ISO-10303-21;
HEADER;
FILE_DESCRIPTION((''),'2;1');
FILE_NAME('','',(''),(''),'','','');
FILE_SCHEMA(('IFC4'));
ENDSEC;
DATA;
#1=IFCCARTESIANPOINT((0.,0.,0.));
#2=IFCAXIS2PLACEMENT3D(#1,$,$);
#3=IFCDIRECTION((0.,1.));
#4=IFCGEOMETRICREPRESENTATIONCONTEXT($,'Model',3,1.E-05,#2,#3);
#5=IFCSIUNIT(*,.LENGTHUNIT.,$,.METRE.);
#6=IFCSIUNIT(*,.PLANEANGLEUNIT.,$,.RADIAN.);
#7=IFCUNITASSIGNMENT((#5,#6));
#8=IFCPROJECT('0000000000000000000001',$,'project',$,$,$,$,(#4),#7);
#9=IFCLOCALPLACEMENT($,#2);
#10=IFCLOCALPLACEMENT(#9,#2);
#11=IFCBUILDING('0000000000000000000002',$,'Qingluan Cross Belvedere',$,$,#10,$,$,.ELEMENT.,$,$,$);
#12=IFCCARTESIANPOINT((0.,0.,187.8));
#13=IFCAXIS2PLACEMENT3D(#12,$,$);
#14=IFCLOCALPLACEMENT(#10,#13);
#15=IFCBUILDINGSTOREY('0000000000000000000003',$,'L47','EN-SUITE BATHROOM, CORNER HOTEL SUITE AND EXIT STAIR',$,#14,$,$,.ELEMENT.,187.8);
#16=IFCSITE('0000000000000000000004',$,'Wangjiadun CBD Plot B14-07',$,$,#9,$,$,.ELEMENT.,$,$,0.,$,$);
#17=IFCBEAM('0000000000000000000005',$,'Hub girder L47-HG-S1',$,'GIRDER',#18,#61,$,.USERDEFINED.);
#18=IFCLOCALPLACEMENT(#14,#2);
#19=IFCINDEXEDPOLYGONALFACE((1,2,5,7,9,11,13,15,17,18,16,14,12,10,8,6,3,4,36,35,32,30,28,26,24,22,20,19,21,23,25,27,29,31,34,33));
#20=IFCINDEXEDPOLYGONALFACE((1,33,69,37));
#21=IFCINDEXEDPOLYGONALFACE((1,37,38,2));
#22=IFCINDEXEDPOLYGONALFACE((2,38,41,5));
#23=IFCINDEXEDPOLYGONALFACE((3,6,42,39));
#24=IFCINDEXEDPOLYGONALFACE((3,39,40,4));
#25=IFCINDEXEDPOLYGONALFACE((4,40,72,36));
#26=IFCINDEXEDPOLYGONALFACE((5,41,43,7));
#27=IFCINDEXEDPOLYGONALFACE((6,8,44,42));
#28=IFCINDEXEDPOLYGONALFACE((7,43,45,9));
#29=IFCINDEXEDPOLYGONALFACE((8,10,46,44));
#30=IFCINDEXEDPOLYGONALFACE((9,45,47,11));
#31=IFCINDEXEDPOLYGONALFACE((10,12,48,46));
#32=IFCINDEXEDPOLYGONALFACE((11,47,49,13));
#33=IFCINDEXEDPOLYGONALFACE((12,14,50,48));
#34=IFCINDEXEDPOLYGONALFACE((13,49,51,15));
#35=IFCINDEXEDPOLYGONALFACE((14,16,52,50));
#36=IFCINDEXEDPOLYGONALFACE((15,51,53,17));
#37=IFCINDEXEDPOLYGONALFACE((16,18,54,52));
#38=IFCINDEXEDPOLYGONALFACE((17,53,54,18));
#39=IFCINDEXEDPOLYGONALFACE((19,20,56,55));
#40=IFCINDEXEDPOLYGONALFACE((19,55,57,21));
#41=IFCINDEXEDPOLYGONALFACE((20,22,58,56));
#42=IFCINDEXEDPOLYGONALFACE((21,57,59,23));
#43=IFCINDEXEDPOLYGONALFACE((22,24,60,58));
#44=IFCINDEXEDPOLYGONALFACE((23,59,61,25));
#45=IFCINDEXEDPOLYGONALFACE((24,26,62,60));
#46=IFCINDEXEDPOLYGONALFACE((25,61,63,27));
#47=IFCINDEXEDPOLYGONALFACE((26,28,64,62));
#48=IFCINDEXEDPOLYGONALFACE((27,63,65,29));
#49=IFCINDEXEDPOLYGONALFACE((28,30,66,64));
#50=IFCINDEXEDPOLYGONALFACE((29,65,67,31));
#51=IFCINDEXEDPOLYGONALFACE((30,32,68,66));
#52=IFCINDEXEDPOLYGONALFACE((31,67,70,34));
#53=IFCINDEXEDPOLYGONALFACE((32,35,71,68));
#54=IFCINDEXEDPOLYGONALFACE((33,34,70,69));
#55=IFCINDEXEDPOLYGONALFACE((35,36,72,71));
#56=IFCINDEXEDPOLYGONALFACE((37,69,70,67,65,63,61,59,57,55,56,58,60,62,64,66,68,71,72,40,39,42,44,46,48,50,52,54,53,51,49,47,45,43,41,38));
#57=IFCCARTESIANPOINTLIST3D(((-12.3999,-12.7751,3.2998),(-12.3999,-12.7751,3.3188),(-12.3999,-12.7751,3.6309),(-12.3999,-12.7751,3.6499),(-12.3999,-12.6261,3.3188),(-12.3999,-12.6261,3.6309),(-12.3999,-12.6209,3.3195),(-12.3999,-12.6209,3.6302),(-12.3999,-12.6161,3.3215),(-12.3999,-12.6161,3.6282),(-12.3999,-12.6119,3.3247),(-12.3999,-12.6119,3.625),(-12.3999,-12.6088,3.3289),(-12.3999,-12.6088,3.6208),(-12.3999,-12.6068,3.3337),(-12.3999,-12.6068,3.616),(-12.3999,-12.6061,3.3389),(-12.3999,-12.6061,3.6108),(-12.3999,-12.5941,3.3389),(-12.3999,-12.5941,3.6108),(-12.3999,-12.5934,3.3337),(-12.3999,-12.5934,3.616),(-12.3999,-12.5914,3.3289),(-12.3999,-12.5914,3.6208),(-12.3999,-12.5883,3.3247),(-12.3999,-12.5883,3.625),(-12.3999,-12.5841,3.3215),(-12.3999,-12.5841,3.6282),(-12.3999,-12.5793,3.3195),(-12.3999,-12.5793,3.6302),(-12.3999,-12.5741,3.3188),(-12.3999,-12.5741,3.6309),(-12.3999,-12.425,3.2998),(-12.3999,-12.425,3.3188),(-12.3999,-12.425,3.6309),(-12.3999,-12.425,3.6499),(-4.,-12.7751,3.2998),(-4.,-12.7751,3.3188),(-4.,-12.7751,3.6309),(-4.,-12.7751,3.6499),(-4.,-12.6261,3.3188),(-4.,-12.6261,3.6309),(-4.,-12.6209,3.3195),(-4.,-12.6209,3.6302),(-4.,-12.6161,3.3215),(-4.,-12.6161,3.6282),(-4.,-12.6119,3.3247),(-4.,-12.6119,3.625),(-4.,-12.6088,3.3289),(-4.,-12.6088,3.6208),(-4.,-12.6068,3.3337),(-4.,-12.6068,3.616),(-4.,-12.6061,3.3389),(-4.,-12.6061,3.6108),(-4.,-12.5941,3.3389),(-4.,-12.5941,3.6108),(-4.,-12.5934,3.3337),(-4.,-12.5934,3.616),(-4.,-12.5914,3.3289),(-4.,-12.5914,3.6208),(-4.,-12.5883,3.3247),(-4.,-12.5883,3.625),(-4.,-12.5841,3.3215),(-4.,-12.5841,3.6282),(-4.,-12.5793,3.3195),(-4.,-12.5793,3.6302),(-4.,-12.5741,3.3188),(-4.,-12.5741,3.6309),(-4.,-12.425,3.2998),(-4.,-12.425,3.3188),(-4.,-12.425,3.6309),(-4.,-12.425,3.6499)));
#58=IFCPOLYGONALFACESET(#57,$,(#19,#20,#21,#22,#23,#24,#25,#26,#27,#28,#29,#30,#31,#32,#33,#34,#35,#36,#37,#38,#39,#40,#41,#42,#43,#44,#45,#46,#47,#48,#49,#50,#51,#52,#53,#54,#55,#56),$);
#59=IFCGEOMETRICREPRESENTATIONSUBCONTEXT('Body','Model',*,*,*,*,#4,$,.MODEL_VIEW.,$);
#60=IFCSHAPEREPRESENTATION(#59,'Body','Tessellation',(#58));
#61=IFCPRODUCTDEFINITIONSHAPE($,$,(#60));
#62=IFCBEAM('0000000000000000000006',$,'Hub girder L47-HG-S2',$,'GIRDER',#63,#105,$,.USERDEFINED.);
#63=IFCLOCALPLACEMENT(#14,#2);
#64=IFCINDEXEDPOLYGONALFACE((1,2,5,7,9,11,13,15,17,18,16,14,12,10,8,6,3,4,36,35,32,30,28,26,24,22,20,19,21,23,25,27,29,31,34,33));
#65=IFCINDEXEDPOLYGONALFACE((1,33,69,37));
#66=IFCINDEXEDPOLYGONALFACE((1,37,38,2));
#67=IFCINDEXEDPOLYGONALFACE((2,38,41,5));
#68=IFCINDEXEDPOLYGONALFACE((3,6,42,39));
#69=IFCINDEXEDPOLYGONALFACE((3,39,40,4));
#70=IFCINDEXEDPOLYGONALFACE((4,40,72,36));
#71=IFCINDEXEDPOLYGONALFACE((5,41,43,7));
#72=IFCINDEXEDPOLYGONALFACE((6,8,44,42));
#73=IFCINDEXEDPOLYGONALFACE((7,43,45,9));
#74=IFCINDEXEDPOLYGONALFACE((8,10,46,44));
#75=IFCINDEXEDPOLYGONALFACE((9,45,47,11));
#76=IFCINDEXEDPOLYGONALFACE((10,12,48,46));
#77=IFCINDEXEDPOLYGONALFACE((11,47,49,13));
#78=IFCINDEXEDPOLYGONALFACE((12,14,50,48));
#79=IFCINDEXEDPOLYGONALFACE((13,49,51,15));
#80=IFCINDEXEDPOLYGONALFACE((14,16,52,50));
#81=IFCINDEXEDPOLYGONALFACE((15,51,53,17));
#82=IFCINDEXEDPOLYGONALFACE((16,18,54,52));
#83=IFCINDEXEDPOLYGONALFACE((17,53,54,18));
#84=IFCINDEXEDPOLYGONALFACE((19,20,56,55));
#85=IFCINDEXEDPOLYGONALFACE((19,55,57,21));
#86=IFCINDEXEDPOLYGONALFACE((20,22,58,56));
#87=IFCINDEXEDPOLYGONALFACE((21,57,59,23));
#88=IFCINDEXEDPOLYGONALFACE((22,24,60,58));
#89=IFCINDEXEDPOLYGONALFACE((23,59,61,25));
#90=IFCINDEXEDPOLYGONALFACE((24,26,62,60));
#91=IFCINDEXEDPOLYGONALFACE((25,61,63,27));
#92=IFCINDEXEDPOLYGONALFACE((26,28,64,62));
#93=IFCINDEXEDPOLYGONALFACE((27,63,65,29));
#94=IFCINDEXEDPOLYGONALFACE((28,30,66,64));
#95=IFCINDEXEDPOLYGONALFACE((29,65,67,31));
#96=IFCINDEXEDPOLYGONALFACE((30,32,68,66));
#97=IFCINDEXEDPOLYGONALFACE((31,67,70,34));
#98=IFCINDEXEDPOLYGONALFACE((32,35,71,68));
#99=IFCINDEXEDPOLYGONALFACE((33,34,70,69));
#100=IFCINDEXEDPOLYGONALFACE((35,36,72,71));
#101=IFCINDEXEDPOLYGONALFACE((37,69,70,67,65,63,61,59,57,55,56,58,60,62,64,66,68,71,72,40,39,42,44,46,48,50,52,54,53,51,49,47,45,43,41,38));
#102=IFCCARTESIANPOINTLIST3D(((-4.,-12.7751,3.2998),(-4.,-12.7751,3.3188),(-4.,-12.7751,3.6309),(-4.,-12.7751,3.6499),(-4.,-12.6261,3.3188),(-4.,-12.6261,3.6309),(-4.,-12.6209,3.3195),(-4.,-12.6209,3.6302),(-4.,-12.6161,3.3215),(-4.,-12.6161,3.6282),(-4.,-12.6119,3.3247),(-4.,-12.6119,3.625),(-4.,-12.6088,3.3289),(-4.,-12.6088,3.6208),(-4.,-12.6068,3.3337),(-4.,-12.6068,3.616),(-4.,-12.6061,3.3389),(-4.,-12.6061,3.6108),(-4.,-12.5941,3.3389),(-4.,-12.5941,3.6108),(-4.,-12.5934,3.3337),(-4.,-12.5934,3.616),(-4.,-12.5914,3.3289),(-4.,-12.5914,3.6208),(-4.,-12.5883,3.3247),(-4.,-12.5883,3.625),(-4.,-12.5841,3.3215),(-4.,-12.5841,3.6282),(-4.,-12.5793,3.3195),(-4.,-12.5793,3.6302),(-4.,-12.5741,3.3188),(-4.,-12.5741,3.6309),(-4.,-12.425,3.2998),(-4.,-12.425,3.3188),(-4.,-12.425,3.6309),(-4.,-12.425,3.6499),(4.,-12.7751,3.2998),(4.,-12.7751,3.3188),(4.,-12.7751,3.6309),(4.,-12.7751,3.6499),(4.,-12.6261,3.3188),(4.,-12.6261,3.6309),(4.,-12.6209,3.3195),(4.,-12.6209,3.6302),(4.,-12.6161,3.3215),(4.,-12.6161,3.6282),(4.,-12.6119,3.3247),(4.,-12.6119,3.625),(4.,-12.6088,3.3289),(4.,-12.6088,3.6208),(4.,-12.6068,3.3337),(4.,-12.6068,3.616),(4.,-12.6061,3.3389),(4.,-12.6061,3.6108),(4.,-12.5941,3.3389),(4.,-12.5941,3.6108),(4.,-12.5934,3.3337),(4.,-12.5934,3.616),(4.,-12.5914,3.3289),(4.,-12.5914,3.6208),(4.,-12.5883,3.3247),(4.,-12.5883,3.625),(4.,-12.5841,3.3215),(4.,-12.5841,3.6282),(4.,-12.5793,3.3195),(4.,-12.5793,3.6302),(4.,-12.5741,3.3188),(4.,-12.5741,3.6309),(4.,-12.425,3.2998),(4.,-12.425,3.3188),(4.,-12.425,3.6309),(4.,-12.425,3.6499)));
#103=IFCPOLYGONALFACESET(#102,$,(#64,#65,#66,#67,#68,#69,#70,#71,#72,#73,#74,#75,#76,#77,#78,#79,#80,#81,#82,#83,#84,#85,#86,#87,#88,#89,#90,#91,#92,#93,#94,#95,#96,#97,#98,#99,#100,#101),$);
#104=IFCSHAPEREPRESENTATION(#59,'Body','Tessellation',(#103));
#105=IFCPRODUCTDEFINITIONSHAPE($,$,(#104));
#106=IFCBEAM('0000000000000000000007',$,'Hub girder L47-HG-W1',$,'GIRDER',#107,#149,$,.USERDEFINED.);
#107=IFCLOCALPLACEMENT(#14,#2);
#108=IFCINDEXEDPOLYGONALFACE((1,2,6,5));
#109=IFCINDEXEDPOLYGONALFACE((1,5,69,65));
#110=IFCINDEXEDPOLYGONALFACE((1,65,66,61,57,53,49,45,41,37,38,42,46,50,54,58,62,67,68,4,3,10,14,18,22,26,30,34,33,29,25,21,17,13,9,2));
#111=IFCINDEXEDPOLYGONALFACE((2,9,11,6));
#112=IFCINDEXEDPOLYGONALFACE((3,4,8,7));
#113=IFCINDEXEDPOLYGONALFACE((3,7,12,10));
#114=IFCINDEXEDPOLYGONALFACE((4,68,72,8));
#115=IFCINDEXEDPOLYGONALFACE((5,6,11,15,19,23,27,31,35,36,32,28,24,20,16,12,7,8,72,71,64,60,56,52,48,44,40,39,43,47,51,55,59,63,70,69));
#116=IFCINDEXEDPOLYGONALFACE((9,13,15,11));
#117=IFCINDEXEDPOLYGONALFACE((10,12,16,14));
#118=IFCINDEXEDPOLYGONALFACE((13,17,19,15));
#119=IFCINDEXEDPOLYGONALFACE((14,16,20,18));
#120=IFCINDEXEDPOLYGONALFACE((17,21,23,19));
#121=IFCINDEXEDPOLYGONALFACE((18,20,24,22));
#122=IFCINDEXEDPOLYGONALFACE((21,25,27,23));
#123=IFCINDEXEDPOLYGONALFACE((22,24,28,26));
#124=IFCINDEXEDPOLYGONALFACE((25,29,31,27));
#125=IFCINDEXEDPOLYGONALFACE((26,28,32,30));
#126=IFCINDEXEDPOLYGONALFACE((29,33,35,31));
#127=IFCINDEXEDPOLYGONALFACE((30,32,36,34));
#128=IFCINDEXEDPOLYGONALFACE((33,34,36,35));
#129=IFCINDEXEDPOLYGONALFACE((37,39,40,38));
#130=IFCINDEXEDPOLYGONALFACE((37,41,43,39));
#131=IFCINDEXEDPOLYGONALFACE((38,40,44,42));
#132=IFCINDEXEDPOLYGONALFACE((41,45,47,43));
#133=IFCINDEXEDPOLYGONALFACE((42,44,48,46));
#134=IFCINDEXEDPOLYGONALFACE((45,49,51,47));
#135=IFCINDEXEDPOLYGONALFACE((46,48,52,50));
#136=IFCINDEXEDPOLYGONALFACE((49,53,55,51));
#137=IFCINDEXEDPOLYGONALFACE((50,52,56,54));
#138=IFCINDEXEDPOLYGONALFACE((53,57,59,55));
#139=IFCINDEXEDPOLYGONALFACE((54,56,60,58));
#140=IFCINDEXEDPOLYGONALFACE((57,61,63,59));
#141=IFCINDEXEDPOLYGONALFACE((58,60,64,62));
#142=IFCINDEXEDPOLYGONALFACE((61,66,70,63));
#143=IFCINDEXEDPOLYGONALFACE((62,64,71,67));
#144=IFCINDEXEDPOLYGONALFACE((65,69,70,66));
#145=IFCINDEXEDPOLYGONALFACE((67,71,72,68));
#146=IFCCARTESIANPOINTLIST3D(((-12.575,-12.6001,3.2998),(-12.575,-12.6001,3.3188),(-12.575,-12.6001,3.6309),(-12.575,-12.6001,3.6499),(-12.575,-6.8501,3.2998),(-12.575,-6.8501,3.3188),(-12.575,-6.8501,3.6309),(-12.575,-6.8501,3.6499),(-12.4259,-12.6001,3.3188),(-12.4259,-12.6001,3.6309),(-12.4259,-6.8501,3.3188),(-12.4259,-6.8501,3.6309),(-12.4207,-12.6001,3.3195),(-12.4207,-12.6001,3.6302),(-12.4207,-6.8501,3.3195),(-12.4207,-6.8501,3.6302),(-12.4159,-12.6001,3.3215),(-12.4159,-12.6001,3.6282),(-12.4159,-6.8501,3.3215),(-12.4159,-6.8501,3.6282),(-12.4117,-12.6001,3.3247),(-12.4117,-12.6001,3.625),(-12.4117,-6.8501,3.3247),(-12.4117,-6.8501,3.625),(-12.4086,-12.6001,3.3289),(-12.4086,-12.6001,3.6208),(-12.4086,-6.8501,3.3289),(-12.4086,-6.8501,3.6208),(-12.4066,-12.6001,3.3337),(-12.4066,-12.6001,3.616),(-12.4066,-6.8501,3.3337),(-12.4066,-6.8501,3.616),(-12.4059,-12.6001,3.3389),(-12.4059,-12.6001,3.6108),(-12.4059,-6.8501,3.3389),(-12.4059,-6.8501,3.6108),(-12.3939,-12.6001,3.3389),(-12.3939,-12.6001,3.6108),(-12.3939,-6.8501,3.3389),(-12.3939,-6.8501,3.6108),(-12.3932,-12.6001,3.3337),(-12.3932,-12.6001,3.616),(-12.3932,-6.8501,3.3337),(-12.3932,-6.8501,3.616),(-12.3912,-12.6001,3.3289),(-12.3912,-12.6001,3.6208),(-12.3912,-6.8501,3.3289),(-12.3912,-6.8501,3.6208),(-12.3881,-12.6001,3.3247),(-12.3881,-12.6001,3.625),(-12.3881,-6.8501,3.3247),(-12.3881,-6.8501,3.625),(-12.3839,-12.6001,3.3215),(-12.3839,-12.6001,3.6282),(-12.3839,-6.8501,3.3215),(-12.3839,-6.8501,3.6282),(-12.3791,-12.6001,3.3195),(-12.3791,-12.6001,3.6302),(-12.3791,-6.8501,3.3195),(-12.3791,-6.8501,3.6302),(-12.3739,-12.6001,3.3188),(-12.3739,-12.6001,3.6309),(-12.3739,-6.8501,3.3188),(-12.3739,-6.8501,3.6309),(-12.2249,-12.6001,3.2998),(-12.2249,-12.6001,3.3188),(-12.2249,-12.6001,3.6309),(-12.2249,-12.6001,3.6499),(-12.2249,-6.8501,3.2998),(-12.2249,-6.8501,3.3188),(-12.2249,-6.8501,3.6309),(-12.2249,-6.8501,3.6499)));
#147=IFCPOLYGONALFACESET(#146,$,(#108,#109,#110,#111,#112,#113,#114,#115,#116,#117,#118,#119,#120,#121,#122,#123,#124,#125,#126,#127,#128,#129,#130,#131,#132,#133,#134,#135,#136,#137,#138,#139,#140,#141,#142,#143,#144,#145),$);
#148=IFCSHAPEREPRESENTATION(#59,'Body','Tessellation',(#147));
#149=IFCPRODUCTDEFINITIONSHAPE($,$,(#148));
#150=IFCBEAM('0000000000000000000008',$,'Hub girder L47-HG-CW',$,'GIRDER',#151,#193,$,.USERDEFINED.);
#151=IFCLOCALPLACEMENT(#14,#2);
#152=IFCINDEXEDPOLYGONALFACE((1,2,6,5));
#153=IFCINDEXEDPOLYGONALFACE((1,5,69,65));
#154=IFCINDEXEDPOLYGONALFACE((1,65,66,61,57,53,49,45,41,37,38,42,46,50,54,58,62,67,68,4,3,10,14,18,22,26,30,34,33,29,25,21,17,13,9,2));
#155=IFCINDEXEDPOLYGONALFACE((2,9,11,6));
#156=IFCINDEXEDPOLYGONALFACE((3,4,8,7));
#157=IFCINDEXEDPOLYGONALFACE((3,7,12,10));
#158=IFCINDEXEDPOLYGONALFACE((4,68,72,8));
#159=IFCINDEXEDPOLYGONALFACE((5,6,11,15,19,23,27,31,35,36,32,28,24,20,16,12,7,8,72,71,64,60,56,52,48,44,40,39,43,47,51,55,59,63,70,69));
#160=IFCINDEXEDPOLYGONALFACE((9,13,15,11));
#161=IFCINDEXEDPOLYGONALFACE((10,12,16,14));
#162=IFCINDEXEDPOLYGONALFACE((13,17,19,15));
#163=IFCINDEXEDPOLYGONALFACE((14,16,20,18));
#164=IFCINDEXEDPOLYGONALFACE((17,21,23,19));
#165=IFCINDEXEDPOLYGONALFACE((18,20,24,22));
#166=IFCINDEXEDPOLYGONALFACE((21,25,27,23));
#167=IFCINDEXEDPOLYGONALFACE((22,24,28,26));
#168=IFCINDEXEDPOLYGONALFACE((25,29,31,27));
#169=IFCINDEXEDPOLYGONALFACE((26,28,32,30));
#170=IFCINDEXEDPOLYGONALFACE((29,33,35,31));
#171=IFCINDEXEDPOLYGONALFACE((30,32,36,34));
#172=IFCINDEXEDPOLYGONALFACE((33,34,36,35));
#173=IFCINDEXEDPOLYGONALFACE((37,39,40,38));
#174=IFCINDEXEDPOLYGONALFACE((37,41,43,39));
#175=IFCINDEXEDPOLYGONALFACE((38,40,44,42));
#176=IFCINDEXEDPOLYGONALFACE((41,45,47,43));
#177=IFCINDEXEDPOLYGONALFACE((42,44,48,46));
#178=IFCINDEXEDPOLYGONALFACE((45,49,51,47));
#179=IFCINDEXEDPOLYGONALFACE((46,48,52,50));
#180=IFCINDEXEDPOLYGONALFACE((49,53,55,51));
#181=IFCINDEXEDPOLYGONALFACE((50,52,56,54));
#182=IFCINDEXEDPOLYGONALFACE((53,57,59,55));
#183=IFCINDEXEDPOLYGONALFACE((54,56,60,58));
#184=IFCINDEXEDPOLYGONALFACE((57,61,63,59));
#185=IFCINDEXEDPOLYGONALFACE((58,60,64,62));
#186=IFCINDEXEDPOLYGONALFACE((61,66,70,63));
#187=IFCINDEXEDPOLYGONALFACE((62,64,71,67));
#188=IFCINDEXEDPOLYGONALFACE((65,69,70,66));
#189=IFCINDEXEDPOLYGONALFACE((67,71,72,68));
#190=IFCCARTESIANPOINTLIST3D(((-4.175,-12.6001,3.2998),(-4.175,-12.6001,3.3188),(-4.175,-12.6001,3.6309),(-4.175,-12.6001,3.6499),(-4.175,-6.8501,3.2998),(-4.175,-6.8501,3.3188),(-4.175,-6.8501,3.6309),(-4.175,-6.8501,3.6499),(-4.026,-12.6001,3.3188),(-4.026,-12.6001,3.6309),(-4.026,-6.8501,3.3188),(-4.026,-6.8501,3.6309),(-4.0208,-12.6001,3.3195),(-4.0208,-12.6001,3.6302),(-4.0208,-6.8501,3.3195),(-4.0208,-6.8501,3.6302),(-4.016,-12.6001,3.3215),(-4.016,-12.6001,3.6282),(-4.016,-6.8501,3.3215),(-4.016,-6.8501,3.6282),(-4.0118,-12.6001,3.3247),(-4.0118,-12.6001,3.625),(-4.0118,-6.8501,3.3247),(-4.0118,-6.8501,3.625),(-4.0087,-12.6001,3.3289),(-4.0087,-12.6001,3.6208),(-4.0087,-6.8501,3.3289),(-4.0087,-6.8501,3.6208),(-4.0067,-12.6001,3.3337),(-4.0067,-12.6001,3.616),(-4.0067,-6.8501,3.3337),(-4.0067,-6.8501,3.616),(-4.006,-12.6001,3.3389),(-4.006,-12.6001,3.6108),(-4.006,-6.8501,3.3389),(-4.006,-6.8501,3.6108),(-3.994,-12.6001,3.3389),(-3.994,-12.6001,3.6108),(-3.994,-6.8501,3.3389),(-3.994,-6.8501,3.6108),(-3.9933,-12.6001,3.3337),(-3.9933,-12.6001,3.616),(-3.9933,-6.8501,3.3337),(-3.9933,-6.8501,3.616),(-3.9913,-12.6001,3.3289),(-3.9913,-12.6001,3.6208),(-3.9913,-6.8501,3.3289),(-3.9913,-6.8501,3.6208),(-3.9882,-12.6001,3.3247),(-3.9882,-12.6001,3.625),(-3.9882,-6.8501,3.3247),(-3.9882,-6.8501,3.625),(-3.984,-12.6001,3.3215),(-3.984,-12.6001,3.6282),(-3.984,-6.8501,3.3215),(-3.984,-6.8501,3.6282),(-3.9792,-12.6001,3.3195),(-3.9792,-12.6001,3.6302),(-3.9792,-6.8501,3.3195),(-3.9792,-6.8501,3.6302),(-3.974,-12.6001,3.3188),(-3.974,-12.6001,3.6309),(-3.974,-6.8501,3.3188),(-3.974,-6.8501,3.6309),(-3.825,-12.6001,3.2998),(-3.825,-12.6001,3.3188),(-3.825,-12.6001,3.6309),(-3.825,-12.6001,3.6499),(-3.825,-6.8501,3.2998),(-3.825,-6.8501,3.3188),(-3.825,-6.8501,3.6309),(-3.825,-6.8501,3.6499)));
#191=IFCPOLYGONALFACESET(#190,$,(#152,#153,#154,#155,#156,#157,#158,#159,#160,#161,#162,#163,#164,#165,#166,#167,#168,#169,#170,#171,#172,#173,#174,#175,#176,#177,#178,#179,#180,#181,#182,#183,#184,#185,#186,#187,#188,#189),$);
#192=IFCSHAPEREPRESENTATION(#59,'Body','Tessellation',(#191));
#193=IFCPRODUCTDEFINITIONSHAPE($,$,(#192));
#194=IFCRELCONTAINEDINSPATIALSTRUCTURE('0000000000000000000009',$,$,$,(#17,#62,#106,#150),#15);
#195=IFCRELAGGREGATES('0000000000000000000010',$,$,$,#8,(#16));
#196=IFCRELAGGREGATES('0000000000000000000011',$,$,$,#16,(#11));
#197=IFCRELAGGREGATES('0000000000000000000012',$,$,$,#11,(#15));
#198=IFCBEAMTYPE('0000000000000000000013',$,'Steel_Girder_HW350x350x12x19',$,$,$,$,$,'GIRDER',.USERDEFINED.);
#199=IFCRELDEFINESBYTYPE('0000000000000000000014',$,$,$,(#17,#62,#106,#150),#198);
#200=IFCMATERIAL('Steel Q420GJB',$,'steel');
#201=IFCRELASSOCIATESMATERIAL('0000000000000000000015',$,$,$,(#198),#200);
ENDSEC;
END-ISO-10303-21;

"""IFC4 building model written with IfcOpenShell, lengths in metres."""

from ifc_helpers import new_model, si_unit, direction, frame, origin, origin_2d, place, context, subcontext, project, spatial, i_section, extrude, material, material_profile, profile_set, type_object, element, save


model = new_model("IFC4")

# Units and contexts
model_context = context("Model", 3, precision=1e-05, world=origin(), true_north=direction((0.0, 1.0)))
body_context = subcontext(model_context, "Body", "Model", "MODEL_VIEW")
ifc_project = project(units=[si_unit("LENGTHUNIT", "METRE"), si_unit("PLANEANGLEUNIT", "RADIAN")], contexts=[model_context])

# Site, building, storey
site_placement = place(None, origin())
site = spatial("IfcSite", under=ifc_project, at=site_placement, Name="Wangjiadun CBD Plot B14-07", CompositionType="ELEMENT", RefElevation=0.0)
building_placement = place(site_placement, origin())
building = spatial("IfcBuilding", under=site, at=building_placement, Name="Qingluan Cross Belvedere", CompositionType="ELEMENT")
storey_placement = place(building_placement, frame((0.0, 0.0, 187.8)))
storey = spatial("IfcBuildingStorey", under=building, at=storey_placement, Name="L47", Description="EN-SUITE BATHROOM, CORNER HOTEL SUITE AND EXIT STAIR", CompositionType="ELEMENT", Elevation=187.8)

# Beams
ifc_material_1 = material(Name="Steel Q420GJB", Category="steel")
ifc_material_profile_1 = material_profile(ifc_material_1, i_section(OverallWidth=0.3501, OverallDepth=0.3501, WebThickness=0.012, FlangeThickness=0.019, FilletRadius=0.02, at=origin_2d()), Name="HW350x350x12x19")
ifc_profile_set_1 = profile_set([ifc_material_profile_1], Name="Steel Q420GJB")
beam_type_1 = type_object("IfcBeamType", Name="Steel_Girder_HW350x350x12x19", ElementType="GIRDER", PredefinedType="USERDEFINED", material=ifc_profile_set_1)
beam_1_placement = place(storey_placement, frame((-12.3999, -12.6001, 3.4749), z_axis=(1.0, 0.0, 0.0), x_axis=(0.0, 1.0, 0.0)))
element("IfcBeam", 1, at=beam_1_placement, inside=storey, type_object=beam_type_1, Name="Hub girder L47-HG-S1", ObjectType="GIRDER", PredefinedType="USERDEFINED", context=body_context, shape_type="SweptSolid", body=[
    extrude(i_section(OverallWidth=0.3501, OverallDepth=0.3501, WebThickness=0.012, FlangeThickness=0.019, FilletRadius=0.02, at=origin_2d()), origin(), (0.0, 0.0, 1.0), 8.3999),
])
beam_2_placement = place(storey_placement, frame((-4.0, -12.6001, 3.4749), z_axis=(1.0, 0.0, 0.0), x_axis=(0.0, 1.0, 0.0)))
element("IfcBeam", 2, at=beam_2_placement, inside=storey, type_object=beam_type_1, Name="Hub girder L47-HG-S2", ObjectType="GIRDER", PredefinedType="USERDEFINED", context=body_context, shape_type="SweptSolid", body=[
    extrude(i_section(OverallWidth=0.3501, OverallDepth=0.3501, WebThickness=0.012, FlangeThickness=0.019, FilletRadius=0.02, at=origin_2d()), origin(), (0.0, 0.0, 1.0), 8.0),
])
for number, where, z_axis, x_axis, name in (
    (3, (-12.3999, -12.6001, 3.4749), (0.0, 1.0, 0.0), (-1.0, 0.0, 0.0), "Hub girder L47-HG-W1"),
    (4, (-4.0, -12.6001, 3.4749), (0.0, 1.0, 0.0), (-1.0, 0.0, 0.0), "Hub girder L47-HG-CW"),
):
    element("IfcBeam", number, at=place(storey_placement, frame(where, z_axis=z_axis, x_axis=x_axis)), inside=storey, type_object=beam_type_1, Name=name, ObjectType="GIRDER", PredefinedType="USERDEFINED", context=body_context, shape_type="SweptSolid", body=[
        extrude(i_section(OverallWidth=0.3501, OverallDepth=0.3501, WebThickness=0.012, FlangeThickness=0.019, FilletRadius=0.02, at=origin_2d()), origin(), (0.0, 0.0, 1.0), 5.75),
    ])

save(model, "model.ifc")
